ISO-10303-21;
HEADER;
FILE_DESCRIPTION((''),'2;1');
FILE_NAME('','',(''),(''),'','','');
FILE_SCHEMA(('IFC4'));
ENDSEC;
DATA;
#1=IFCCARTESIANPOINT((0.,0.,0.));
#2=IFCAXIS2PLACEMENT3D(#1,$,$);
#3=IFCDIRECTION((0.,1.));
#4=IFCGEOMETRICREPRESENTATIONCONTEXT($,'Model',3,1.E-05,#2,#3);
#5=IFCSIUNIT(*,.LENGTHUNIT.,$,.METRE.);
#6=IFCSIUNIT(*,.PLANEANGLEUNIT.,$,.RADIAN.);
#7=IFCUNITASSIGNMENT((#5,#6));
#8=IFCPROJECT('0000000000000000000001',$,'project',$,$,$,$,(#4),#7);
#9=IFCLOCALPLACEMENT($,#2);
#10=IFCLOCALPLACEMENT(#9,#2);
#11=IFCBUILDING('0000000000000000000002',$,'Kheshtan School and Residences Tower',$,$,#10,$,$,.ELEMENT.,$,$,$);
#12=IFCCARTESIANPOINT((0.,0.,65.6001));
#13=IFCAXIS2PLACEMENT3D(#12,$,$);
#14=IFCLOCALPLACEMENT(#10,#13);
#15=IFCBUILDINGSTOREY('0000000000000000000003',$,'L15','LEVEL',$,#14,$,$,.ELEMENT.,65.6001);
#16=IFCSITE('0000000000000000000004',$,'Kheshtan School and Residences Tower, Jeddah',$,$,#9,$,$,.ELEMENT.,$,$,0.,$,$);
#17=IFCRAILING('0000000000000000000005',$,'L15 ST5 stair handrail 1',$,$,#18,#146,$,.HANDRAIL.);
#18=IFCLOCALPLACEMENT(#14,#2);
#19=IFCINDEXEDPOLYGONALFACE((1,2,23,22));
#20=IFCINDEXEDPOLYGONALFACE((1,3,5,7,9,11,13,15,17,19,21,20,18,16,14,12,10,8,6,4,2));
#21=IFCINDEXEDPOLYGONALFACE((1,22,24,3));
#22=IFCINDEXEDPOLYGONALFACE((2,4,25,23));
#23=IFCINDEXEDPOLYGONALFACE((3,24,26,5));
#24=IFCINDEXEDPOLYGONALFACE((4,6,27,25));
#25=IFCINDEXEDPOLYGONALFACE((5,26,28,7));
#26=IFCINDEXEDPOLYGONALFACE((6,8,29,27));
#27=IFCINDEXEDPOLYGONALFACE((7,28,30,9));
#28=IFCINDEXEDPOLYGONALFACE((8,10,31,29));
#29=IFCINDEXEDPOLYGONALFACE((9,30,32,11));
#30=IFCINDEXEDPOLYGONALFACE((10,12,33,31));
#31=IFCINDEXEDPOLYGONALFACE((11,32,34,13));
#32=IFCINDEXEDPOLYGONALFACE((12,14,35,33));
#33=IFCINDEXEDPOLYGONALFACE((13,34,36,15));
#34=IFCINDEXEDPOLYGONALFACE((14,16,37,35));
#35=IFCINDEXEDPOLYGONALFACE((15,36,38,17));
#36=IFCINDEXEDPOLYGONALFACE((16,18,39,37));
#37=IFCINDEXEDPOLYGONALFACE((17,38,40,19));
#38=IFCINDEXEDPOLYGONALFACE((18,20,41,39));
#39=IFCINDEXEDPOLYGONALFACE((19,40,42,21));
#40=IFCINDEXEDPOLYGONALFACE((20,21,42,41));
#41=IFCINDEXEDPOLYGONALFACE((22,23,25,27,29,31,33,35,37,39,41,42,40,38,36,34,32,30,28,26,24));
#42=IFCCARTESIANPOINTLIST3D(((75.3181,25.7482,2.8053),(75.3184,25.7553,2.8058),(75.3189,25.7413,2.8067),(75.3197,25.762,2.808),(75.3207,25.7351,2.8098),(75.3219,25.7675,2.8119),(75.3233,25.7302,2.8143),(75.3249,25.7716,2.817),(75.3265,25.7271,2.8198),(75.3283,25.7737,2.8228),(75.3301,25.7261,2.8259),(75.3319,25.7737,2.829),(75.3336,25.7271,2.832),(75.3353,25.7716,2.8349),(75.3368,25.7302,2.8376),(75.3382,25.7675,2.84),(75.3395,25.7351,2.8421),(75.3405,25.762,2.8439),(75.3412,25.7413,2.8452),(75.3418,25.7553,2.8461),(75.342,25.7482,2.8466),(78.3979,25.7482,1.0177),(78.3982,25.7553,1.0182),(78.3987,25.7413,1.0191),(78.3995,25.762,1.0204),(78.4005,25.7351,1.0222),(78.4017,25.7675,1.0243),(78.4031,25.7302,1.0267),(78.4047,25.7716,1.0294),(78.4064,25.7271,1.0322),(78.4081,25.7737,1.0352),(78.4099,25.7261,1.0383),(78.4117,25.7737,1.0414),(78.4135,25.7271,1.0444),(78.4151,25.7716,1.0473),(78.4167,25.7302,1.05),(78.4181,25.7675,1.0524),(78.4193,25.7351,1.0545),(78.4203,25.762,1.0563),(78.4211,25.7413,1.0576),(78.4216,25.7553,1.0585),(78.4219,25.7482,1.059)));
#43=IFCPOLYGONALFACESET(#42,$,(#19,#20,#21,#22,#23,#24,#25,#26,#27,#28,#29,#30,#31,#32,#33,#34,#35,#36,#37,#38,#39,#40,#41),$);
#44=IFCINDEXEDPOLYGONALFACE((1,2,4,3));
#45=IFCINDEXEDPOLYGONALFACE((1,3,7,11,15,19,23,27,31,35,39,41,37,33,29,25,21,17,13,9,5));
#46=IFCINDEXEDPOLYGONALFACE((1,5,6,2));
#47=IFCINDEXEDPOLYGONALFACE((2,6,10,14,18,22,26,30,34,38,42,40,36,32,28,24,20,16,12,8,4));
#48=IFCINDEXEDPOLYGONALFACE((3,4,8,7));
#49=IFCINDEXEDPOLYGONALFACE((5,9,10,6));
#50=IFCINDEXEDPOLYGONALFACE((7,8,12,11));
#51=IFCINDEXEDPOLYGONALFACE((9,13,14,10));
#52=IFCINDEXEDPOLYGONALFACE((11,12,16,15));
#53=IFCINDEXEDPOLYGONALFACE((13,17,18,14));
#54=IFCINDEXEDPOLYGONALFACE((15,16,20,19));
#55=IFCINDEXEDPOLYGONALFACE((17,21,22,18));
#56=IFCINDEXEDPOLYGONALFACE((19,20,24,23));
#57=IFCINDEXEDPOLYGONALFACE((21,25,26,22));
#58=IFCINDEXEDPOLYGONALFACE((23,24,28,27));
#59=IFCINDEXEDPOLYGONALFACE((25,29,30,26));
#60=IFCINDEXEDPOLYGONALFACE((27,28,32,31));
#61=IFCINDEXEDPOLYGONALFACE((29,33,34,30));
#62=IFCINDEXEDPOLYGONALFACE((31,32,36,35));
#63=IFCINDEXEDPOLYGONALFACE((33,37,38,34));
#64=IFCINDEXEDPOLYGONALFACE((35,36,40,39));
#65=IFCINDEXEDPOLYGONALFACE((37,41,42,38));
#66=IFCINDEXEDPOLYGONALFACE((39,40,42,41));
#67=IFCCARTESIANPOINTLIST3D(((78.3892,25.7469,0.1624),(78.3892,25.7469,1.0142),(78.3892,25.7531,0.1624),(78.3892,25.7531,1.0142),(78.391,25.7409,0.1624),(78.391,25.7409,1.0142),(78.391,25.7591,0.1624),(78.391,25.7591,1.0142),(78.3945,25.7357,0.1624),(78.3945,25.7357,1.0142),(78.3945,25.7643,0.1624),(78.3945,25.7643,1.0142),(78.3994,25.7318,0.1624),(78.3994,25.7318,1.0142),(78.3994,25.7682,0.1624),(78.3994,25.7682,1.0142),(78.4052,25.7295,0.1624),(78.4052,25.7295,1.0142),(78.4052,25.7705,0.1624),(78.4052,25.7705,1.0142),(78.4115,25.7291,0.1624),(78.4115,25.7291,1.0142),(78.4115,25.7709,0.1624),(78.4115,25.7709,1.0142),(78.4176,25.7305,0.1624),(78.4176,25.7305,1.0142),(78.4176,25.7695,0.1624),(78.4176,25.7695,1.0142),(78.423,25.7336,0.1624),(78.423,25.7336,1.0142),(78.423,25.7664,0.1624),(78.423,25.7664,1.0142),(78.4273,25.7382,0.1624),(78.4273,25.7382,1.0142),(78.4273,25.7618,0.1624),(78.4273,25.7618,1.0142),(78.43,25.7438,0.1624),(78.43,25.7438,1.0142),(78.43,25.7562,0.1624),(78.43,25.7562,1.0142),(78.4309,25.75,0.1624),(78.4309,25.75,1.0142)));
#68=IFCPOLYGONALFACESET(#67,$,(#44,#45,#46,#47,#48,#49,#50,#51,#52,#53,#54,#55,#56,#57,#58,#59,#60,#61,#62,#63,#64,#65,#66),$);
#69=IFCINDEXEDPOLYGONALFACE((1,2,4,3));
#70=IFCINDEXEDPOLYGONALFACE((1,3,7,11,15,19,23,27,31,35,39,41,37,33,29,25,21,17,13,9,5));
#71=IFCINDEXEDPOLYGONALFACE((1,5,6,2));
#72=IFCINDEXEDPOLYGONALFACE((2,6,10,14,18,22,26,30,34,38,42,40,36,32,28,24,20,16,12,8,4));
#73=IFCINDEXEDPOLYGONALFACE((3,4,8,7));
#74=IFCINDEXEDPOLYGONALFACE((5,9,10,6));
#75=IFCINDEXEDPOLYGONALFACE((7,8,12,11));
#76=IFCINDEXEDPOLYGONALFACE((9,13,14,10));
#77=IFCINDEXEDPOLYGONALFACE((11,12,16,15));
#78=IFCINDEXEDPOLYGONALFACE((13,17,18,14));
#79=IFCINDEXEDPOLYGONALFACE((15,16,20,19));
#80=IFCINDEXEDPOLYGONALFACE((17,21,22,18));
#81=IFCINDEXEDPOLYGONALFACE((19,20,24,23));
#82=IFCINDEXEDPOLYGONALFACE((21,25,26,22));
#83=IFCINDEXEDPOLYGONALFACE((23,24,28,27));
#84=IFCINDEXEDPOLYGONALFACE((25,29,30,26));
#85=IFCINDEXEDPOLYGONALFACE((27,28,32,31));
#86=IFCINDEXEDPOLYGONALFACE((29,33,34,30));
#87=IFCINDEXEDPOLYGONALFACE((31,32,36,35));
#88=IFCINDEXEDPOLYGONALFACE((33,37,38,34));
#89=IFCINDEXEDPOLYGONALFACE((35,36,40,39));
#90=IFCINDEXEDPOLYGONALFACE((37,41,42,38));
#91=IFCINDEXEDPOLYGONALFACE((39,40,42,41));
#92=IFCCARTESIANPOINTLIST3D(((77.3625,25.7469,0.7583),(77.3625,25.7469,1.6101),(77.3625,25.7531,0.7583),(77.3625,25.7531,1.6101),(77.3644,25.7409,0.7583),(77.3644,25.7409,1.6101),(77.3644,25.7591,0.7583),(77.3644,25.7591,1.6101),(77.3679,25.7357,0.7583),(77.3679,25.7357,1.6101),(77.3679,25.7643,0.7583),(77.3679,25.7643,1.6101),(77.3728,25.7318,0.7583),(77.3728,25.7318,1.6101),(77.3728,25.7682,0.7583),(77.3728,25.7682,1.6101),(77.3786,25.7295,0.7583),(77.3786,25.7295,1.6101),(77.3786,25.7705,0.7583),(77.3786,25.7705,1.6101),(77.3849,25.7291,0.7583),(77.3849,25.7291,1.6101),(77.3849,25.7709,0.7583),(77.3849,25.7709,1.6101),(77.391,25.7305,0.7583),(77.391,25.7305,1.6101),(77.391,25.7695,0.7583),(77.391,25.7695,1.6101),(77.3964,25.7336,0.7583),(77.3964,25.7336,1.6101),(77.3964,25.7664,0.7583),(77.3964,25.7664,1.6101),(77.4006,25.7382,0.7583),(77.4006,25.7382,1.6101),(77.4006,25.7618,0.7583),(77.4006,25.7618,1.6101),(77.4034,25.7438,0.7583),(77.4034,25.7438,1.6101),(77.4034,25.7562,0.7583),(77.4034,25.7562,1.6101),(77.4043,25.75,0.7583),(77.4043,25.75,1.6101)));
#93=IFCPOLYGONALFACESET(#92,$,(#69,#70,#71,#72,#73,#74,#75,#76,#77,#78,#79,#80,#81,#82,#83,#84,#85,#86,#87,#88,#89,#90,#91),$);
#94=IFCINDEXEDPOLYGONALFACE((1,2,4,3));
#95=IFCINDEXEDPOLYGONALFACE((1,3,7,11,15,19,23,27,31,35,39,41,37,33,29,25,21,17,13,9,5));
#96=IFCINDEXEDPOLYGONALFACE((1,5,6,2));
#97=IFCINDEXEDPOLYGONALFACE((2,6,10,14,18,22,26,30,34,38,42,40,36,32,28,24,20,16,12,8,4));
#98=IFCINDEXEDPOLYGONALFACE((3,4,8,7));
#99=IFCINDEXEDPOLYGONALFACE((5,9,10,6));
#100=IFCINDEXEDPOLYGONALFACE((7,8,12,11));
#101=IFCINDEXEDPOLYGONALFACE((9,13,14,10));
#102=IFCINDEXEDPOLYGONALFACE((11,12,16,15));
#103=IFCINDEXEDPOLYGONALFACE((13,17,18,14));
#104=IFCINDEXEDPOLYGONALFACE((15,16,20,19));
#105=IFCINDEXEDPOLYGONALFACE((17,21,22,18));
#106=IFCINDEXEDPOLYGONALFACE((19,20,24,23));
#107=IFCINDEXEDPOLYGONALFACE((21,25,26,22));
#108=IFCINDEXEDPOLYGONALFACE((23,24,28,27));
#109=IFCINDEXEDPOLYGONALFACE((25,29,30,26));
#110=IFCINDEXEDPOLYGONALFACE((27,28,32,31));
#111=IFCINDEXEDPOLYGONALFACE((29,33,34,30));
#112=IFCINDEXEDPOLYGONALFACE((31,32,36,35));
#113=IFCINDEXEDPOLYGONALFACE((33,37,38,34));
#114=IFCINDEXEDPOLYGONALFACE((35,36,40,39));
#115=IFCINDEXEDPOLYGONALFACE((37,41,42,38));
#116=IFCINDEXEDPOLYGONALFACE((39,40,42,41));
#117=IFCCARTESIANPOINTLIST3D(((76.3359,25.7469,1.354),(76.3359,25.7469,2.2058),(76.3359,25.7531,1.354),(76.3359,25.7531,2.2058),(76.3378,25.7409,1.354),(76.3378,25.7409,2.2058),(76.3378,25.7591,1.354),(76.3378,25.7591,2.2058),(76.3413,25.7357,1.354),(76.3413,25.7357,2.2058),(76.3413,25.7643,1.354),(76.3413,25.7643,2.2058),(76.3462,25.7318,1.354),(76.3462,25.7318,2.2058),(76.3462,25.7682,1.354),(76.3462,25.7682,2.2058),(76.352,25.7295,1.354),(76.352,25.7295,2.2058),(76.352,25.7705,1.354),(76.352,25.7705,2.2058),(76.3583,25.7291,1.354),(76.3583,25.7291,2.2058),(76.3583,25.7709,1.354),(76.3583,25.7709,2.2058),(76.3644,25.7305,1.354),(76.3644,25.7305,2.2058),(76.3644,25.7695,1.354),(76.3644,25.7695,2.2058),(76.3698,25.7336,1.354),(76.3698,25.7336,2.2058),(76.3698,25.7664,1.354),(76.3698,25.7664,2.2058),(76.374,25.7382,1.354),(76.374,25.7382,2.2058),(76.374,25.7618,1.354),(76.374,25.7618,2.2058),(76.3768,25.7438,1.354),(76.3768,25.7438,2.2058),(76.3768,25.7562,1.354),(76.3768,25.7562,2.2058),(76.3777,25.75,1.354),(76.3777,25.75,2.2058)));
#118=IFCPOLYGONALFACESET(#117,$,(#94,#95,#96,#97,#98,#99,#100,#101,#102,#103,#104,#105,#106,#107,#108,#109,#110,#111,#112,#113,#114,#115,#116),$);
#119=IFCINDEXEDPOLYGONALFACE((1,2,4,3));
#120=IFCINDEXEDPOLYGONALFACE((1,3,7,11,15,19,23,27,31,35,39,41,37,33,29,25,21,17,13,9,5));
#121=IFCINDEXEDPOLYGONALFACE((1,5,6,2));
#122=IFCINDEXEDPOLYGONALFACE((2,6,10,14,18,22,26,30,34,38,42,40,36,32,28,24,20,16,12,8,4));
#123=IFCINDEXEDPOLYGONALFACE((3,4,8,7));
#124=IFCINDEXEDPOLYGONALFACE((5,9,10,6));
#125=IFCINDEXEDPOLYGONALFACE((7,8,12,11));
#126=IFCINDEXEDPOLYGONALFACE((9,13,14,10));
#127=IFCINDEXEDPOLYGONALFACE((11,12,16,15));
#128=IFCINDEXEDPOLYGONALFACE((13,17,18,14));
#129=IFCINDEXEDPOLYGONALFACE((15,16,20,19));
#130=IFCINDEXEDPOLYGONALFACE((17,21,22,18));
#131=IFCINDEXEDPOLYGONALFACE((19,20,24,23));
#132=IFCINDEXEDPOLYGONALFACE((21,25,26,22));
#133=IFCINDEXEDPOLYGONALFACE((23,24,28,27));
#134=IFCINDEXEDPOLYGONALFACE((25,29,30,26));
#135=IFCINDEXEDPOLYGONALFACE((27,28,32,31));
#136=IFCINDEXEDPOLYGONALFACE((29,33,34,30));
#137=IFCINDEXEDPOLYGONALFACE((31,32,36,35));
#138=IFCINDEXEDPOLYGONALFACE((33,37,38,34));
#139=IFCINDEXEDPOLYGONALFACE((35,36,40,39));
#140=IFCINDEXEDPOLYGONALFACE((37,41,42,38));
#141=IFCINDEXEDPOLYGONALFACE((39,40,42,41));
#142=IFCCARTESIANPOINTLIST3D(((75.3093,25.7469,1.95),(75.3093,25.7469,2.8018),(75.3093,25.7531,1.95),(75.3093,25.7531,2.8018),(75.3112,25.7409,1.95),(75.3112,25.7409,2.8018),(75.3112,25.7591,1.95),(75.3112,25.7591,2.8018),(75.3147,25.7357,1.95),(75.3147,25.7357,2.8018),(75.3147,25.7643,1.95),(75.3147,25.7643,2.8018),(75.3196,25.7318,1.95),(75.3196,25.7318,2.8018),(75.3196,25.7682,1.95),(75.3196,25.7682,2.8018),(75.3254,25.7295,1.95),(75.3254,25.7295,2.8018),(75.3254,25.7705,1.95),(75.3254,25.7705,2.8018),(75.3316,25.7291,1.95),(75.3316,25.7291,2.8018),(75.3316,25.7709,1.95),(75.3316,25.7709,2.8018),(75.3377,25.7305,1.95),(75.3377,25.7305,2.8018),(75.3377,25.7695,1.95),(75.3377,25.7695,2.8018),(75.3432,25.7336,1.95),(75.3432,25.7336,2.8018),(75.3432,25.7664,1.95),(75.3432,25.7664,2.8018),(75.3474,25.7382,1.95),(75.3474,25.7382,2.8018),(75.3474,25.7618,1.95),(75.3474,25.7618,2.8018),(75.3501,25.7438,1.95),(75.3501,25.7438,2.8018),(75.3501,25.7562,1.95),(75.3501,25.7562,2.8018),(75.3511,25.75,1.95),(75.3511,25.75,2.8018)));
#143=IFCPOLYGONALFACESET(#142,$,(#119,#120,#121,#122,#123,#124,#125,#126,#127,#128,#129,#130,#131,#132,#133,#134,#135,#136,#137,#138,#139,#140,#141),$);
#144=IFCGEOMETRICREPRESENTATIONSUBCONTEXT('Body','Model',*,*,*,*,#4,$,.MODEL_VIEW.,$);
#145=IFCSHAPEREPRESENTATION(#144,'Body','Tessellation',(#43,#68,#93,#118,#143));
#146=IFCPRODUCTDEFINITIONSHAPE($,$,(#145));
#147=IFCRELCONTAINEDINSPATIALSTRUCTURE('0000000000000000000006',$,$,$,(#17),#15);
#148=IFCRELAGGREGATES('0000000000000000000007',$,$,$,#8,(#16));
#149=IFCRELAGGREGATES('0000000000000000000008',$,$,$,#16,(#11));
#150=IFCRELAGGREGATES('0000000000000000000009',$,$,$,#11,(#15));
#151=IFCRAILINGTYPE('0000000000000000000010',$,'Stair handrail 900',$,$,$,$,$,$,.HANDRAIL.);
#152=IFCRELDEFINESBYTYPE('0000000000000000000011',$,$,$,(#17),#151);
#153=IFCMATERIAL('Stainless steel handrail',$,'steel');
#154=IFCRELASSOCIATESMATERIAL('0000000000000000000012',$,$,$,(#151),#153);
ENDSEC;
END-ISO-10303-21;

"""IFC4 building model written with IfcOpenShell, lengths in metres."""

from ifc_helpers import new_model, si_unit, direction, frame, origin, origin_2d, place, context, subcontext, project, spatial, circle, extrude, material, type_object, element, save


model = new_model("IFC4")

# Units and contexts
model_context = context("Model", 3, precision=1e-05, world=origin(), true_north=direction((0.0, 1.0)))
body_context = subcontext(model_context, "Body", "Model", "MODEL_VIEW")
ifc_project = project(units=[si_unit("LENGTHUNIT", "METRE"), si_unit("PLANEANGLEUNIT", "RADIAN")], contexts=[model_context])

# Site, building, storey
site_placement = place(None, origin())
site = spatial("IfcSite", under=ifc_project, at=site_placement, Name="Kheshtan School and Residences Tower, Jeddah", CompositionType="ELEMENT", RefElevation=0.0)
building_placement = place(site_placement, origin())
building = spatial("IfcBuilding", under=site, at=building_placement, Name="Kheshtan School and Residences Tower", CompositionType="ELEMENT")
storey_placement = place(building_placement, frame((0.0, 0.0, 65.6001)))
storey = spatial("IfcBuildingStorey", under=building, at=storey_placement, Name="L15", Description="LEVEL", CompositionType="ELEMENT", Elevation=65.6001)

# Railing
ifc_material_1 = material(Name="Stainless steel handrail", Category="steel")
railing_type_1 = type_object("IfcRailingType", Name="Stair handrail 900", PredefinedType="HANDRAIL", material=ifc_material_1)
railing_1_placement = place(storey_placement, frame((78.4099, 25.75, 0.1624)))
element("IfcRailing", 1, at=railing_1_placement, inside=storey, type_object=railing_type_1, Name="L15 ST5 stair handrail 1", PredefinedType="HANDRAIL", context=body_context, shape_type="SweptSolid", body=[
    extrude(circle(Radius=0.0239, at=origin_2d()), frame((0.0, 0.0, 0.876), z_axis=(-0.864873, 0.0, 0.50199), x_axis=(0.0, -1.0, 0.0)), (0.0, 0.0, 1.0), 3.561),
    extrude(circle(Radius=0.021, at=origin_2d()), origin(), (0.0, 0.0, 1.0), 0.8518),
    extrude(circle(Radius=0.021, at=origin_2d()), frame((-1.0266, 0.0, 0.5959)), (0.0, 0.0, 1.0), 0.8518),
    extrude(circle(Radius=0.021, at=origin_2d()), frame((-2.0532, 0.0, 1.1917)), (0.0, 0.0, 1.0), 0.8518),
    extrude(circle(Radius=0.021, at=origin_2d()), frame((-3.0798, 0.0, 1.7876)), (0.0, 0.0, 1.0), 0.8518),
])

save(model, "model.ifc")
